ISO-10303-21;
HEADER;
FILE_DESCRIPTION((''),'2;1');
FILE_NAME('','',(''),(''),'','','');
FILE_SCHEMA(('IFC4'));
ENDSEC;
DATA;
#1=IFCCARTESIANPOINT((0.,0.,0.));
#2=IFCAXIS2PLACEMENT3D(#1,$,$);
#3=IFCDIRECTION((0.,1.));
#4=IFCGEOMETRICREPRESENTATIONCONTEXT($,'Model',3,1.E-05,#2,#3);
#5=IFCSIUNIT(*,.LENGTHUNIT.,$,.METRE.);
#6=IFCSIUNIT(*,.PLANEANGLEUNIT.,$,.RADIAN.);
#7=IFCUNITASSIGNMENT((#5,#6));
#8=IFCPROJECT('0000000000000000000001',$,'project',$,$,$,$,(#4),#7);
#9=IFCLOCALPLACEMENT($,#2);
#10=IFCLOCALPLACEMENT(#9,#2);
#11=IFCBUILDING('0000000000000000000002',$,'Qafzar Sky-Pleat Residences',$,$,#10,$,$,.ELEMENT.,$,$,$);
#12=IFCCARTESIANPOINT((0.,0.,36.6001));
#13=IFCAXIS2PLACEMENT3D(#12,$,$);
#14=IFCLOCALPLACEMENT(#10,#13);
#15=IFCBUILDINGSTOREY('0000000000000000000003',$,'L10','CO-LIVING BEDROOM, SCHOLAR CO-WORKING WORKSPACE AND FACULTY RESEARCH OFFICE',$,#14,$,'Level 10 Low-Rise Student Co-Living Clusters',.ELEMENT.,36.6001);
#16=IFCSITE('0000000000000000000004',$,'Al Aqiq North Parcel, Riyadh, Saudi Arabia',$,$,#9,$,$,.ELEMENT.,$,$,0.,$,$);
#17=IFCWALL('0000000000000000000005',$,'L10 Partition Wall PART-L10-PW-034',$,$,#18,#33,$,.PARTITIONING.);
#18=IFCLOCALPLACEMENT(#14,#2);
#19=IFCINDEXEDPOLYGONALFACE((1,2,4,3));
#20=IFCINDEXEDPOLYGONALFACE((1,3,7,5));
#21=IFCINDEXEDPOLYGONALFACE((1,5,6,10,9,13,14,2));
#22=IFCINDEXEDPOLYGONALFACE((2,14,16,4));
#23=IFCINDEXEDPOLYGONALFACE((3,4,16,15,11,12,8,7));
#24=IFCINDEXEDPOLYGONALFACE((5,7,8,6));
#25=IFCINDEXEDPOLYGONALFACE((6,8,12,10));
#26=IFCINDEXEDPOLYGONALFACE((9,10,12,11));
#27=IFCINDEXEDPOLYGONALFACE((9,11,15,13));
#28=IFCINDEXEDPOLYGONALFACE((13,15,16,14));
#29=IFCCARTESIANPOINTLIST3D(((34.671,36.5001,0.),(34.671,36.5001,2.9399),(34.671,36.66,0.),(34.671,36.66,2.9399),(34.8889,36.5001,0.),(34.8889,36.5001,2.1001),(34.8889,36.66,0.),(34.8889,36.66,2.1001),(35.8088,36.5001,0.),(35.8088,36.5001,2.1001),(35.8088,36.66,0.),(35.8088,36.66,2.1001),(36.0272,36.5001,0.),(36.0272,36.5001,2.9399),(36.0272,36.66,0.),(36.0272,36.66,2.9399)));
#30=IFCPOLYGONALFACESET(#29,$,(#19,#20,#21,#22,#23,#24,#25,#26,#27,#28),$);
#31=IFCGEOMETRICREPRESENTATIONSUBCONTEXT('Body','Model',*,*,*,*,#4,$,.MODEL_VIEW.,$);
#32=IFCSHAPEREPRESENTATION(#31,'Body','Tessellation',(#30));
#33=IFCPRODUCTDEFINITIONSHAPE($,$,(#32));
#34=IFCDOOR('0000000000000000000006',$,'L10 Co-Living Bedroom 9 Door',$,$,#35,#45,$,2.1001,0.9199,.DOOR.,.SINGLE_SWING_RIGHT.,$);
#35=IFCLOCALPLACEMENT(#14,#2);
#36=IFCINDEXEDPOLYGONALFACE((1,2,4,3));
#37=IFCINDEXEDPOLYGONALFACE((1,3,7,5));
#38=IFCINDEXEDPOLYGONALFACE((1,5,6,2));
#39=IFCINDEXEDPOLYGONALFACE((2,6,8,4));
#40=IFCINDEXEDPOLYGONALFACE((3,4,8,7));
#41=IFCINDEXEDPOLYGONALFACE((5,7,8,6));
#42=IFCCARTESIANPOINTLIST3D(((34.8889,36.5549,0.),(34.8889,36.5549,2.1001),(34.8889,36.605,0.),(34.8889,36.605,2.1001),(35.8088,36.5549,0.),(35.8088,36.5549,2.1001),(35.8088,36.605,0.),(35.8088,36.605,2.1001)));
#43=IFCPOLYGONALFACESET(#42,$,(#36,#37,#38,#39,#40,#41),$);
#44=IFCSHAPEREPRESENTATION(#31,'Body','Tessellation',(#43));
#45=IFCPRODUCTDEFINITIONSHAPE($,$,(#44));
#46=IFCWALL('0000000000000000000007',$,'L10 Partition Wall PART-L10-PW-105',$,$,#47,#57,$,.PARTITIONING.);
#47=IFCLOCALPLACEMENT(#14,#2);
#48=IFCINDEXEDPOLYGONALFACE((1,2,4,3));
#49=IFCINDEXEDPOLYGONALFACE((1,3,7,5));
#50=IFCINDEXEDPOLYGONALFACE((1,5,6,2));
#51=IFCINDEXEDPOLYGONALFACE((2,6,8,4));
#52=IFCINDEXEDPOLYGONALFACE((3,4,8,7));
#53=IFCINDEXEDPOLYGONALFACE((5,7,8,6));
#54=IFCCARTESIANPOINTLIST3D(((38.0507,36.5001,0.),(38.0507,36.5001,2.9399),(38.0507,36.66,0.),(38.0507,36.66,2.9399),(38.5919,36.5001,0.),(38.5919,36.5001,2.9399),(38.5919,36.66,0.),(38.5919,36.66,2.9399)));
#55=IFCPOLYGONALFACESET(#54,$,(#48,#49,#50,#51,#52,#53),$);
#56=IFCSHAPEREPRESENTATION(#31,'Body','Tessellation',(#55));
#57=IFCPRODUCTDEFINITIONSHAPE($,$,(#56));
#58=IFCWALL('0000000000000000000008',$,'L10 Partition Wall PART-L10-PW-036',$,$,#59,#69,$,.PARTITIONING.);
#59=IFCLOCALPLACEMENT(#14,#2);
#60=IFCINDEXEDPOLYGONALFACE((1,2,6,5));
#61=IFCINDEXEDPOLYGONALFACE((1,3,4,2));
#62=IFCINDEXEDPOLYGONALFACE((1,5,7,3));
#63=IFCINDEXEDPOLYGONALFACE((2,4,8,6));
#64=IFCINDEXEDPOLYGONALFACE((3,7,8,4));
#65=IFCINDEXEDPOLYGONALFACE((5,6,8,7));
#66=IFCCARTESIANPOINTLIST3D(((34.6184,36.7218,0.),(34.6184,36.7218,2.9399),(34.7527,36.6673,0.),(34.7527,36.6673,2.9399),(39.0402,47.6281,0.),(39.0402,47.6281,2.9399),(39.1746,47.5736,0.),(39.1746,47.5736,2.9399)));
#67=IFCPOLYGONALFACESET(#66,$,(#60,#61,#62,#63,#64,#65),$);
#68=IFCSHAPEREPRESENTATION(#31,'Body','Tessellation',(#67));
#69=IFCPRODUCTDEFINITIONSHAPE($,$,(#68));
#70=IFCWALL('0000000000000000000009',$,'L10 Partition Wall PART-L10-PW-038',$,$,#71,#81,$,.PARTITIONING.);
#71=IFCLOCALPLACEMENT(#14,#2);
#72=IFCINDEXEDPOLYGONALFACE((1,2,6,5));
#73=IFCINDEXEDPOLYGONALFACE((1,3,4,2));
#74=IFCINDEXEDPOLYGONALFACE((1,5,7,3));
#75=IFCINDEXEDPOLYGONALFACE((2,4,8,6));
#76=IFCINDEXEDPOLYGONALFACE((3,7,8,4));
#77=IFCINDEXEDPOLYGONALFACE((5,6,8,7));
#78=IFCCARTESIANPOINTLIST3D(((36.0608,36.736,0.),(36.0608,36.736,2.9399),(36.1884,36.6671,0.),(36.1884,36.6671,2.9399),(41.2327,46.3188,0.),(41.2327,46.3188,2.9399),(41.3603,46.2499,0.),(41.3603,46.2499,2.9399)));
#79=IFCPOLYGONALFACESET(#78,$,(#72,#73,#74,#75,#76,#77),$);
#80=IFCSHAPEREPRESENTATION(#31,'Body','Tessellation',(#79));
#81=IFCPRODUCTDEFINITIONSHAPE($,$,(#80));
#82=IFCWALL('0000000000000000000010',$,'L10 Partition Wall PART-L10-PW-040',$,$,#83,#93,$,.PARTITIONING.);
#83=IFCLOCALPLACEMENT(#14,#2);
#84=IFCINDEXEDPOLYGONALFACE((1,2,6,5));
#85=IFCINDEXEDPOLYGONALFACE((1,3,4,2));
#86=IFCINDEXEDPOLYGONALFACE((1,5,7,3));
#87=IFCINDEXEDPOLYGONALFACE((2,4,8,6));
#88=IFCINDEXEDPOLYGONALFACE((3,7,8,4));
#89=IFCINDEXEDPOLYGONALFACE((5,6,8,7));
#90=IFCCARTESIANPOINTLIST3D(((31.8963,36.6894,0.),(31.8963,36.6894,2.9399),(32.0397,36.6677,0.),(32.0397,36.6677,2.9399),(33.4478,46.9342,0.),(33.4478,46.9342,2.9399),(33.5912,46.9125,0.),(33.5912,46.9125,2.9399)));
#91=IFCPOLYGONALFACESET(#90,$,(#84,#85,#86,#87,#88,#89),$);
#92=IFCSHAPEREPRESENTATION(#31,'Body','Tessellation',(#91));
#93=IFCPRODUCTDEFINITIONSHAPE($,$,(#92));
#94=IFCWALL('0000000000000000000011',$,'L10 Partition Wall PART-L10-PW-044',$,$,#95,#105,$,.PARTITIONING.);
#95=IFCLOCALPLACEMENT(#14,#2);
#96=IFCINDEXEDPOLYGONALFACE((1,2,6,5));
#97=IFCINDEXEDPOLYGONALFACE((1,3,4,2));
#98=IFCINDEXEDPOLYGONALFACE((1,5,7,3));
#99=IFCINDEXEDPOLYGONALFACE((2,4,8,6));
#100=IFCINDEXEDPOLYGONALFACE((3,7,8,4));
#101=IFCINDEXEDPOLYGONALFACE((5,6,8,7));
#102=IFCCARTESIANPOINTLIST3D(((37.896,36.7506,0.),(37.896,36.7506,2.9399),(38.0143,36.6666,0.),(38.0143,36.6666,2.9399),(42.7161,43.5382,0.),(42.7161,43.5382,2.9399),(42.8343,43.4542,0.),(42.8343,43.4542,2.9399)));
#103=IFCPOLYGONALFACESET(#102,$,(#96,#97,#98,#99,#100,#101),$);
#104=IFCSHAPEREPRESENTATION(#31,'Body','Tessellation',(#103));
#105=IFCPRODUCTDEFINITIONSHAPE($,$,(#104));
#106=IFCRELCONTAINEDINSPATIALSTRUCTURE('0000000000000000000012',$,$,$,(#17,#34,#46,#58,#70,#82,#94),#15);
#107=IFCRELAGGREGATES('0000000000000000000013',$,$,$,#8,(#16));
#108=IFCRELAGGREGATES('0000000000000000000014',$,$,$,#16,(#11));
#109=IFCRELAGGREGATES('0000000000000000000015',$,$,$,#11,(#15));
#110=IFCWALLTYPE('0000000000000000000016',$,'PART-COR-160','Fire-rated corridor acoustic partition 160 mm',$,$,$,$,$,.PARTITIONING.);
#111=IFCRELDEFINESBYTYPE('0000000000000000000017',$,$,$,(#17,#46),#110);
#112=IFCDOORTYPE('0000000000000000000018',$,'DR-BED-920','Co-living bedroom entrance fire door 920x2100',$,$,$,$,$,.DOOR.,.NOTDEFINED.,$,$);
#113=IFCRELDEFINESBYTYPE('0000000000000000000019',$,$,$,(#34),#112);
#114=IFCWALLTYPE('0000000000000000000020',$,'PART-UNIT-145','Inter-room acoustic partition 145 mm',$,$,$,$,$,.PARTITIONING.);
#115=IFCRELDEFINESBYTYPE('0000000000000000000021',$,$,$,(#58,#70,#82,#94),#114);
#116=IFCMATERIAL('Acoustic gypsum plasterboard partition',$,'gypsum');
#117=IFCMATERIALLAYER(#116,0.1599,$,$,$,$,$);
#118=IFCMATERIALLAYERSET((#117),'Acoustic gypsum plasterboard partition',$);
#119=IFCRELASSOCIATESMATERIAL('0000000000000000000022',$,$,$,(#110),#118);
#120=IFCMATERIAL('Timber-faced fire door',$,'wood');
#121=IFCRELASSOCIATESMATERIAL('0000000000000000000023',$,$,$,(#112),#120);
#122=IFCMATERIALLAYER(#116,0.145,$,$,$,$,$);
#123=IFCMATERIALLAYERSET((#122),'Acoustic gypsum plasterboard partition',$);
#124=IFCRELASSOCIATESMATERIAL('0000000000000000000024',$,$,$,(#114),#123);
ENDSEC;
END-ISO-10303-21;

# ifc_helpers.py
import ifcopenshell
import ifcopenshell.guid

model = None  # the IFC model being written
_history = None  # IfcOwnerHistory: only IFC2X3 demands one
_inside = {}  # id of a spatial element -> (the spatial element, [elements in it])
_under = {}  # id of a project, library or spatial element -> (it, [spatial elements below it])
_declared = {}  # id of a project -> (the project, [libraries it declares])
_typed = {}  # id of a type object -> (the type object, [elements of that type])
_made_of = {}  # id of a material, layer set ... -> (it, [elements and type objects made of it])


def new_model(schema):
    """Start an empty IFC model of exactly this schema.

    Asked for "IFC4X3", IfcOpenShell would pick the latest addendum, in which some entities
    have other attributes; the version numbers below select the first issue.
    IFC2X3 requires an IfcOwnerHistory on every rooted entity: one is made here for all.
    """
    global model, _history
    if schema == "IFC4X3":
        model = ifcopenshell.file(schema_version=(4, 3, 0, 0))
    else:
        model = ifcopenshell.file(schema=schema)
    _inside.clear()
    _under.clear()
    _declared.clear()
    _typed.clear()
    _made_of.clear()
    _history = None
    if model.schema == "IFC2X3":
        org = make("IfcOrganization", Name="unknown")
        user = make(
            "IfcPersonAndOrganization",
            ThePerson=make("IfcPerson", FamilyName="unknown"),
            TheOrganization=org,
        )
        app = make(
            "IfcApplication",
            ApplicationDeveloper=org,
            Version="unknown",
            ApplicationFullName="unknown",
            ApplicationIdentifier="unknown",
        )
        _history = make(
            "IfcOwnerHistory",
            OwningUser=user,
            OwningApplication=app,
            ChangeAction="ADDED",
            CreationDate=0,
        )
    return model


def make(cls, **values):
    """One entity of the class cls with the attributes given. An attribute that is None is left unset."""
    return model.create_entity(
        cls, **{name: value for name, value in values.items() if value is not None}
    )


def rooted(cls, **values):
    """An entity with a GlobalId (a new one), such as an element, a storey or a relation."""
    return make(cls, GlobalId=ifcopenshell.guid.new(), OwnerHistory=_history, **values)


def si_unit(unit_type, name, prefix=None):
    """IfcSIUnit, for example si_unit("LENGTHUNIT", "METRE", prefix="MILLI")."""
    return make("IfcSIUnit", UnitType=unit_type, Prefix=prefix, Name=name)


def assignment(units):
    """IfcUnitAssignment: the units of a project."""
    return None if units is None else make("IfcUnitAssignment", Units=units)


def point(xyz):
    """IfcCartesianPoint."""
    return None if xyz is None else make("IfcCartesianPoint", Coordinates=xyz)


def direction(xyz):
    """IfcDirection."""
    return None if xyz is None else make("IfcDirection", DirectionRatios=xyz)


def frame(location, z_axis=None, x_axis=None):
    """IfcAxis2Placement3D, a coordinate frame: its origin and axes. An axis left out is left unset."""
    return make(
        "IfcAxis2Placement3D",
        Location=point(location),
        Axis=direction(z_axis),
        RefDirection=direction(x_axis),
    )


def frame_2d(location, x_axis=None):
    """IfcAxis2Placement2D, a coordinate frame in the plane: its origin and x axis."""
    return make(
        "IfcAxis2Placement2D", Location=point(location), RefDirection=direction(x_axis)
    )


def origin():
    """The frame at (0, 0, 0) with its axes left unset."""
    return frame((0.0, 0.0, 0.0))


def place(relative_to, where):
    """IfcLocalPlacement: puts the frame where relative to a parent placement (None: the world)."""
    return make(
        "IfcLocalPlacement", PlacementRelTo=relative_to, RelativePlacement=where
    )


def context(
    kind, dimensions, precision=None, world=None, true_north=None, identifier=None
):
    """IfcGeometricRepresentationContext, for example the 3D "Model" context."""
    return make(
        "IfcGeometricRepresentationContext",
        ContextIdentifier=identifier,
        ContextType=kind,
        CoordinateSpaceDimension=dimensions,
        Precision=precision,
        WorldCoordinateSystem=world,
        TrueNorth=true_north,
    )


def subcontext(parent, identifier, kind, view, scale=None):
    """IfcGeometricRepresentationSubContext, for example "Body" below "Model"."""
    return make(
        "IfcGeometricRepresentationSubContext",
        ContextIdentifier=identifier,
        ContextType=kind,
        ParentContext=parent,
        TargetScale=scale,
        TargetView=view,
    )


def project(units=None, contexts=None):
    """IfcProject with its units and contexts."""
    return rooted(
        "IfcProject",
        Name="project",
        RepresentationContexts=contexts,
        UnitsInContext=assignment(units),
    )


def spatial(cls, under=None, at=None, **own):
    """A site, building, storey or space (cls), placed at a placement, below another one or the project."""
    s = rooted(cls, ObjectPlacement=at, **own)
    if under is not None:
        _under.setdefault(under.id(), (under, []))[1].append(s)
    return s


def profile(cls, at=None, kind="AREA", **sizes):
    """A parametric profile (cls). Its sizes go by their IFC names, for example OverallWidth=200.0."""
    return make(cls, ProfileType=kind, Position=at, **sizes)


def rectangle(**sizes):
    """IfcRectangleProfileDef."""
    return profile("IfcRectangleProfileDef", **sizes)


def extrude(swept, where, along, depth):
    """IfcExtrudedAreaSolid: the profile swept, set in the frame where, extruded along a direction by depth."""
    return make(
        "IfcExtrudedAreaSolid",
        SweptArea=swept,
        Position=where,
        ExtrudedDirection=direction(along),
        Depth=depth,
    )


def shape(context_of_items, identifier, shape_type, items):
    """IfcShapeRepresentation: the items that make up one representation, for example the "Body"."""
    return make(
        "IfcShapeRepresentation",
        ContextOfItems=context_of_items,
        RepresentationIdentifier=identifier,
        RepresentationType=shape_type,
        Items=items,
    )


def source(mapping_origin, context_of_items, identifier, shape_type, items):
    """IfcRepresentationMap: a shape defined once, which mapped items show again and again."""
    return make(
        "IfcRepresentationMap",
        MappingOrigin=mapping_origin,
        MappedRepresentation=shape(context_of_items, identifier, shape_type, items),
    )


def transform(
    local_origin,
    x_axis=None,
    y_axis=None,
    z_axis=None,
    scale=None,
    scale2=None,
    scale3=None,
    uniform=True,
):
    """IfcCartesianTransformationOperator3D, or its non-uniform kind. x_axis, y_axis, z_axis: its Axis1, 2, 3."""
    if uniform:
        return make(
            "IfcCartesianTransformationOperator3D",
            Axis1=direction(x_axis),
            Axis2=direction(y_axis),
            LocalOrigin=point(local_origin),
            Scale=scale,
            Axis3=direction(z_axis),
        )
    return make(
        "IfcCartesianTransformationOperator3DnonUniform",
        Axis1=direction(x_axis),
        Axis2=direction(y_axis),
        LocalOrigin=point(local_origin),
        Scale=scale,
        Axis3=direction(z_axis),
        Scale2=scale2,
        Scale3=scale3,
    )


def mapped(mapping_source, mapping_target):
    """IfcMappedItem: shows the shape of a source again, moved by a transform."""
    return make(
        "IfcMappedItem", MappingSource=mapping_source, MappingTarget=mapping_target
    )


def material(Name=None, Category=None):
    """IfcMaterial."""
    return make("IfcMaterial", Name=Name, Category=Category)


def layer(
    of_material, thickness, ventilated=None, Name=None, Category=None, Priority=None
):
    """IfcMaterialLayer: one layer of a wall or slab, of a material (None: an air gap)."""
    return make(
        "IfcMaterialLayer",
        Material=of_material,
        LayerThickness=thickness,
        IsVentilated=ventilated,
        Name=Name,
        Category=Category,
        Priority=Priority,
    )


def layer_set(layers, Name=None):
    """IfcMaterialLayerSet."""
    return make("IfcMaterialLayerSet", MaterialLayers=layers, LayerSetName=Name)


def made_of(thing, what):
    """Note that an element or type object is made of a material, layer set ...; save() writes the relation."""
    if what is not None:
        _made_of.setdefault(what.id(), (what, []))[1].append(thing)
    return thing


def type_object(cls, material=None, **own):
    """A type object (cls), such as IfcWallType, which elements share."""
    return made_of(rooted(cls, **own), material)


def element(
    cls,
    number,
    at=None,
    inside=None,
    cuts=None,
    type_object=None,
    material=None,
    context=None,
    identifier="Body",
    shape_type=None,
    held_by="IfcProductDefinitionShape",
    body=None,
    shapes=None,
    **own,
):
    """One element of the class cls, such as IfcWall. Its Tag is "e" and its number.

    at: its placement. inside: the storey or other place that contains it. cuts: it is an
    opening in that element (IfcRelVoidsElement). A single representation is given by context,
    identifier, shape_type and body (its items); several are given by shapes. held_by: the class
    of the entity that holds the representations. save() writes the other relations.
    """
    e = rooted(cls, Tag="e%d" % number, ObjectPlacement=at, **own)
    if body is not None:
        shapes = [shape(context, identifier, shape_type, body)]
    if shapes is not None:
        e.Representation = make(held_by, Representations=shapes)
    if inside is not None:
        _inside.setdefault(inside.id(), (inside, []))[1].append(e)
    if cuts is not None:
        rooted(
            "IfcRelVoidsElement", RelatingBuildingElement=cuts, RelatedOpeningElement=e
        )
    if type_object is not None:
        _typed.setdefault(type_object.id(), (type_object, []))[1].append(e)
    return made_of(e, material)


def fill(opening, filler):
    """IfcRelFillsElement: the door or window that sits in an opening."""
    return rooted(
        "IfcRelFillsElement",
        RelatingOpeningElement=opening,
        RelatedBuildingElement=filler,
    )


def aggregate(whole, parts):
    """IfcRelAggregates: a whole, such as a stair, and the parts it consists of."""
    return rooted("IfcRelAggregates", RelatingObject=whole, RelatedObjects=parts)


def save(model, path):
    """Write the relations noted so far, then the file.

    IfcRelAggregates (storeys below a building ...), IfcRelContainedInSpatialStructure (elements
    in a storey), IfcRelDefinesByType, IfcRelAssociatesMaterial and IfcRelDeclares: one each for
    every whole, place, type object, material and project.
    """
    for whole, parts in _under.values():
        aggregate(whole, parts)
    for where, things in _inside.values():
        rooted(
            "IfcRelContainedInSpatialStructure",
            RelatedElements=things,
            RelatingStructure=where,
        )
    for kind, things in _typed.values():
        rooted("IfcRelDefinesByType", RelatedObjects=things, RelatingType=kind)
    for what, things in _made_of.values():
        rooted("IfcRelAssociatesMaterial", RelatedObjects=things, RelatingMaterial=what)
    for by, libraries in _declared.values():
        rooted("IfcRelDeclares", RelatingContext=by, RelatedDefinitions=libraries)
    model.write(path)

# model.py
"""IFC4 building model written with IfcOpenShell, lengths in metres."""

from ifc_helpers import new_model, si_unit, direction, frame, frame_2d, origin, place, context, subcontext, project, spatial, rectangle, extrude, source, transform, mapped, material, layer, layer_set, type_object, element, fill, save


model = new_model("IFC4")

# Units and contexts
model_context = context("Model", 3, precision=1e-05, world=origin(), true_north=direction((0.0, 1.0)))
body_context = subcontext(model_context, "Body", "Model", "MODEL_VIEW")
ifc_project = project(units=[si_unit("LENGTHUNIT", "METRE"), si_unit("PLANEANGLEUNIT", "RADIAN")], contexts=[model_context])

# Site, building, storey
site_placement = place(None, origin())
site = spatial("IfcSite", under=ifc_project, at=site_placement, Name="Al Aqiq North Parcel, Riyadh, Saudi Arabia", CompositionType="ELEMENT", RefElevation=0.0)
building_placement = place(site_placement, origin())
building = spatial("IfcBuilding", under=site, at=building_placement, Name="Qafzar Sky-Pleat Residences", CompositionType="ELEMENT")
storey_placement = place(building_placement, frame((0.0, 0.0, 36.6001)))
storey = spatial("IfcBuildingStorey", under=building, at=storey_placement, Name="L10", Description="CO-LIVING BEDROOM, SCHOLAR CO-WORKING WORKSPACE AND FACULTY RESEARCH OFFICE", LongName="Level 10 Low-Rise Student Co-Living Clusters", CompositionType="ELEMENT", Elevation=36.6001)

# Wall, opening, door
ifc_material_1 = material(Name="Acoustic gypsum plasterboard partition", Category="gypsum")
ifc_layer_1 = layer(ifc_material_1, 0.1599)
ifc_layer_set_1 = layer_set([ifc_layer_1], Name="Acoustic gypsum plasterboard partition")
wall_type_1 = type_object("IfcWallType", Name="PART-COR-160", Description="Fire-rated corridor acoustic partition 160 mm", PredefinedType="PARTITIONING", material=ifc_layer_set_1)
ifc_material_2 = material(Name="Timber-faced fire door", Category="wood")
door_type_1 = type_object("IfcDoorType", Name="DR-BED-920", Description="Co-living bedroom entrance fire door 920x2100", OperationType="NOTDEFINED", PredefinedType="DOOR", material=ifc_material_2)
shared_shape_1 = source(origin(), body_context, "Body", "SweptSolid", [
    extrude(rectangle(XDim=0.9199, YDim=2.1001, at=frame_2d((0.46, 1.05))), frame((0.0, 0.0249, 0.0), z_axis=(0.0, -1.0, 0.0), x_axis=(1.0, 0.0, 0.0)), (0.0, 0.0, 1.0), 0.05),
])
wall_1_placement = place(storey_placement, frame((34.6709, 36.5801, 0.0), z_axis=(0.0, 0.0, 1.0), x_axis=(1.0, 0.0, 0.0)))
wall_1 = element("IfcWall", 1, at=wall_1_placement, inside=storey, type_object=wall_type_1, Name="L10 Partition Wall PART-L10-PW-034", PredefinedType="PARTITIONING", context=body_context, shape_type="SweptSolid", body=[
    extrude(rectangle(XDim=1.3562, YDim=0.1599, at=frame_2d((0.6782, 0.0))), origin(), (0.0, 0.0, 1.0), 2.9399),
])
opening_1_placement = place(wall_1_placement, frame((0.218, 0.0, 0.0)))
opening_1 = element("IfcOpeningElement", 2, at=opening_1_placement, cuts=wall_1, PredefinedType="OPENING", context=body_context, shape_type="SweptSolid", body=[
    extrude(rectangle(XDim=0.9199, YDim=2.1001, at=frame_2d((0.46, 1.05))), frame((0.0, 0.0898, 0.0), z_axis=(0.0, -1.0, 0.0), x_axis=(1.0, 0.0, 0.0)), (0.0, 0.0, 1.0), 0.1799),
])
door_1_placement = place(opening_1_placement, origin())
door_1 = element("IfcDoor", 3, at=door_1_placement, inside=storey, type_object=door_type_1, Name="L10 Co-Living Bedroom 9 Door", OperationType="SINGLE_SWING_RIGHT", OverallHeight=2.1001, OverallWidth=0.9199, PredefinedType="DOOR", context=body_context, shape_type="MappedRepresentation", body=[
    mapped(shared_shape_1, transform((0.0, 0.0, 0.0), x_axis=(1.0, 0.0, 0.0), y_axis=(0.0, 1.0, 0.0), z_axis=(0.0, 0.0, 1.0), scale=1.0)),
])
fill(opening_1, door_1)

# Walls
wall_2_placement = place(storey_placement, frame((38.0508, 36.5801, 0.0), z_axis=(0.0, 0.0, 1.0), x_axis=(1.0, 0.0, 0.0)))
element("IfcWall", 4, at=wall_2_placement, inside=storey, type_object=wall_type_1, Name="L10 Partition Wall PART-L10-PW-105", PredefinedType="PARTITIONING", context=body_context, shape_type="SweptSolid", body=[
    extrude(rectangle(XDim=0.5413, YDim=0.1599, at=frame_2d((0.2705, 0.0))), origin(), (0.0, 0.0, 1.0), 2.9399),
])
ifc_layer_2 = layer(ifc_material_1, 0.145)
ifc_layer_set_2 = layer_set([ifc_layer_2], Name="Acoustic gypsum plasterboard partition")
wall_type_2 = type_object("IfcWallType", Name="PART-UNIT-145", Description="Inter-room acoustic partition 145 mm", PredefinedType="PARTITIONING", material=ifc_layer_set_2)
wall_3_placement = place(storey_placement, frame((34.6855, 36.6946, 0.0), z_axis=(0.0, 0.0, 1.0), x_axis=(0.375736, 0.926727, 0.0)))
element("IfcWall", 5, at=wall_3_placement, inside=storey, type_object=wall_type_2, Name="L10 Partition Wall PART-L10-PW-036", PredefinedType="PARTITIONING", context=body_context, shape_type="SweptSolid", body=[
    extrude(rectangle(XDim=11.7686, YDim=0.145, at=frame_2d((5.8843, 0.0))), origin(), (0.0, 0.0, 1.0), 2.9399),
])
wall_4_placement = place(storey_placement, frame((36.1245, 36.7014, 0.0), z_axis=(0.0, 0.0, 1.0), x_axis=(0.474949, 0.880014, 0.0)))
element("IfcWall", 6, at=wall_4_placement, inside=storey, type_object=wall_type_2, Name="L10 Partition Wall PART-L10-PW-038", PredefinedType="PARTITIONING", context=body_context, shape_type="SweptSolid", body=[
    extrude(rectangle(XDim=10.8894, YDim=0.145, at=frame_2d((5.4448, 0.0))), origin(), (0.0, 0.0, 1.0), 2.9399),
])
wall_5_placement = place(storey_placement, frame((31.968, 36.6787, 0.0), z_axis=(0.0, 0.0, 1.0), x_axis=(0.149736, 0.988726, 0.0)))
element("IfcWall", 7, at=wall_5_placement, inside=storey, type_object=wall_type_2, Name="L10 Partition Wall PART-L10-PW-040", PredefinedType="PARTITIONING", context=body_context, shape_type="SweptSolid", body=[
    extrude(rectangle(XDim=10.3616, YDim=0.145, at=frame_2d((5.1807, 0.0))), origin(), (0.0, 0.0, 1.0), 2.9399),
])
wall_6_placement = place(storey_placement, frame((37.9551, 36.7085, 0.0), z_axis=(0.0, 0.0, 1.0), x_axis=(0.578992, 0.815333, 0.0)))
element("IfcWall", 8, at=wall_6_placement, inside=storey, type_object=wall_type_2, Name="L10 Partition Wall PART-L10-PW-044", PredefinedType="PARTITIONING", context=body_context, shape_type="SweptSolid", body=[
    extrude(rectangle(XDim=8.325, YDim=0.145, at=frame_2d((4.1626, 0.0))), origin(), (0.0, 0.0, 1.0), 2.9399),
])

save(model, "model.ifc")
